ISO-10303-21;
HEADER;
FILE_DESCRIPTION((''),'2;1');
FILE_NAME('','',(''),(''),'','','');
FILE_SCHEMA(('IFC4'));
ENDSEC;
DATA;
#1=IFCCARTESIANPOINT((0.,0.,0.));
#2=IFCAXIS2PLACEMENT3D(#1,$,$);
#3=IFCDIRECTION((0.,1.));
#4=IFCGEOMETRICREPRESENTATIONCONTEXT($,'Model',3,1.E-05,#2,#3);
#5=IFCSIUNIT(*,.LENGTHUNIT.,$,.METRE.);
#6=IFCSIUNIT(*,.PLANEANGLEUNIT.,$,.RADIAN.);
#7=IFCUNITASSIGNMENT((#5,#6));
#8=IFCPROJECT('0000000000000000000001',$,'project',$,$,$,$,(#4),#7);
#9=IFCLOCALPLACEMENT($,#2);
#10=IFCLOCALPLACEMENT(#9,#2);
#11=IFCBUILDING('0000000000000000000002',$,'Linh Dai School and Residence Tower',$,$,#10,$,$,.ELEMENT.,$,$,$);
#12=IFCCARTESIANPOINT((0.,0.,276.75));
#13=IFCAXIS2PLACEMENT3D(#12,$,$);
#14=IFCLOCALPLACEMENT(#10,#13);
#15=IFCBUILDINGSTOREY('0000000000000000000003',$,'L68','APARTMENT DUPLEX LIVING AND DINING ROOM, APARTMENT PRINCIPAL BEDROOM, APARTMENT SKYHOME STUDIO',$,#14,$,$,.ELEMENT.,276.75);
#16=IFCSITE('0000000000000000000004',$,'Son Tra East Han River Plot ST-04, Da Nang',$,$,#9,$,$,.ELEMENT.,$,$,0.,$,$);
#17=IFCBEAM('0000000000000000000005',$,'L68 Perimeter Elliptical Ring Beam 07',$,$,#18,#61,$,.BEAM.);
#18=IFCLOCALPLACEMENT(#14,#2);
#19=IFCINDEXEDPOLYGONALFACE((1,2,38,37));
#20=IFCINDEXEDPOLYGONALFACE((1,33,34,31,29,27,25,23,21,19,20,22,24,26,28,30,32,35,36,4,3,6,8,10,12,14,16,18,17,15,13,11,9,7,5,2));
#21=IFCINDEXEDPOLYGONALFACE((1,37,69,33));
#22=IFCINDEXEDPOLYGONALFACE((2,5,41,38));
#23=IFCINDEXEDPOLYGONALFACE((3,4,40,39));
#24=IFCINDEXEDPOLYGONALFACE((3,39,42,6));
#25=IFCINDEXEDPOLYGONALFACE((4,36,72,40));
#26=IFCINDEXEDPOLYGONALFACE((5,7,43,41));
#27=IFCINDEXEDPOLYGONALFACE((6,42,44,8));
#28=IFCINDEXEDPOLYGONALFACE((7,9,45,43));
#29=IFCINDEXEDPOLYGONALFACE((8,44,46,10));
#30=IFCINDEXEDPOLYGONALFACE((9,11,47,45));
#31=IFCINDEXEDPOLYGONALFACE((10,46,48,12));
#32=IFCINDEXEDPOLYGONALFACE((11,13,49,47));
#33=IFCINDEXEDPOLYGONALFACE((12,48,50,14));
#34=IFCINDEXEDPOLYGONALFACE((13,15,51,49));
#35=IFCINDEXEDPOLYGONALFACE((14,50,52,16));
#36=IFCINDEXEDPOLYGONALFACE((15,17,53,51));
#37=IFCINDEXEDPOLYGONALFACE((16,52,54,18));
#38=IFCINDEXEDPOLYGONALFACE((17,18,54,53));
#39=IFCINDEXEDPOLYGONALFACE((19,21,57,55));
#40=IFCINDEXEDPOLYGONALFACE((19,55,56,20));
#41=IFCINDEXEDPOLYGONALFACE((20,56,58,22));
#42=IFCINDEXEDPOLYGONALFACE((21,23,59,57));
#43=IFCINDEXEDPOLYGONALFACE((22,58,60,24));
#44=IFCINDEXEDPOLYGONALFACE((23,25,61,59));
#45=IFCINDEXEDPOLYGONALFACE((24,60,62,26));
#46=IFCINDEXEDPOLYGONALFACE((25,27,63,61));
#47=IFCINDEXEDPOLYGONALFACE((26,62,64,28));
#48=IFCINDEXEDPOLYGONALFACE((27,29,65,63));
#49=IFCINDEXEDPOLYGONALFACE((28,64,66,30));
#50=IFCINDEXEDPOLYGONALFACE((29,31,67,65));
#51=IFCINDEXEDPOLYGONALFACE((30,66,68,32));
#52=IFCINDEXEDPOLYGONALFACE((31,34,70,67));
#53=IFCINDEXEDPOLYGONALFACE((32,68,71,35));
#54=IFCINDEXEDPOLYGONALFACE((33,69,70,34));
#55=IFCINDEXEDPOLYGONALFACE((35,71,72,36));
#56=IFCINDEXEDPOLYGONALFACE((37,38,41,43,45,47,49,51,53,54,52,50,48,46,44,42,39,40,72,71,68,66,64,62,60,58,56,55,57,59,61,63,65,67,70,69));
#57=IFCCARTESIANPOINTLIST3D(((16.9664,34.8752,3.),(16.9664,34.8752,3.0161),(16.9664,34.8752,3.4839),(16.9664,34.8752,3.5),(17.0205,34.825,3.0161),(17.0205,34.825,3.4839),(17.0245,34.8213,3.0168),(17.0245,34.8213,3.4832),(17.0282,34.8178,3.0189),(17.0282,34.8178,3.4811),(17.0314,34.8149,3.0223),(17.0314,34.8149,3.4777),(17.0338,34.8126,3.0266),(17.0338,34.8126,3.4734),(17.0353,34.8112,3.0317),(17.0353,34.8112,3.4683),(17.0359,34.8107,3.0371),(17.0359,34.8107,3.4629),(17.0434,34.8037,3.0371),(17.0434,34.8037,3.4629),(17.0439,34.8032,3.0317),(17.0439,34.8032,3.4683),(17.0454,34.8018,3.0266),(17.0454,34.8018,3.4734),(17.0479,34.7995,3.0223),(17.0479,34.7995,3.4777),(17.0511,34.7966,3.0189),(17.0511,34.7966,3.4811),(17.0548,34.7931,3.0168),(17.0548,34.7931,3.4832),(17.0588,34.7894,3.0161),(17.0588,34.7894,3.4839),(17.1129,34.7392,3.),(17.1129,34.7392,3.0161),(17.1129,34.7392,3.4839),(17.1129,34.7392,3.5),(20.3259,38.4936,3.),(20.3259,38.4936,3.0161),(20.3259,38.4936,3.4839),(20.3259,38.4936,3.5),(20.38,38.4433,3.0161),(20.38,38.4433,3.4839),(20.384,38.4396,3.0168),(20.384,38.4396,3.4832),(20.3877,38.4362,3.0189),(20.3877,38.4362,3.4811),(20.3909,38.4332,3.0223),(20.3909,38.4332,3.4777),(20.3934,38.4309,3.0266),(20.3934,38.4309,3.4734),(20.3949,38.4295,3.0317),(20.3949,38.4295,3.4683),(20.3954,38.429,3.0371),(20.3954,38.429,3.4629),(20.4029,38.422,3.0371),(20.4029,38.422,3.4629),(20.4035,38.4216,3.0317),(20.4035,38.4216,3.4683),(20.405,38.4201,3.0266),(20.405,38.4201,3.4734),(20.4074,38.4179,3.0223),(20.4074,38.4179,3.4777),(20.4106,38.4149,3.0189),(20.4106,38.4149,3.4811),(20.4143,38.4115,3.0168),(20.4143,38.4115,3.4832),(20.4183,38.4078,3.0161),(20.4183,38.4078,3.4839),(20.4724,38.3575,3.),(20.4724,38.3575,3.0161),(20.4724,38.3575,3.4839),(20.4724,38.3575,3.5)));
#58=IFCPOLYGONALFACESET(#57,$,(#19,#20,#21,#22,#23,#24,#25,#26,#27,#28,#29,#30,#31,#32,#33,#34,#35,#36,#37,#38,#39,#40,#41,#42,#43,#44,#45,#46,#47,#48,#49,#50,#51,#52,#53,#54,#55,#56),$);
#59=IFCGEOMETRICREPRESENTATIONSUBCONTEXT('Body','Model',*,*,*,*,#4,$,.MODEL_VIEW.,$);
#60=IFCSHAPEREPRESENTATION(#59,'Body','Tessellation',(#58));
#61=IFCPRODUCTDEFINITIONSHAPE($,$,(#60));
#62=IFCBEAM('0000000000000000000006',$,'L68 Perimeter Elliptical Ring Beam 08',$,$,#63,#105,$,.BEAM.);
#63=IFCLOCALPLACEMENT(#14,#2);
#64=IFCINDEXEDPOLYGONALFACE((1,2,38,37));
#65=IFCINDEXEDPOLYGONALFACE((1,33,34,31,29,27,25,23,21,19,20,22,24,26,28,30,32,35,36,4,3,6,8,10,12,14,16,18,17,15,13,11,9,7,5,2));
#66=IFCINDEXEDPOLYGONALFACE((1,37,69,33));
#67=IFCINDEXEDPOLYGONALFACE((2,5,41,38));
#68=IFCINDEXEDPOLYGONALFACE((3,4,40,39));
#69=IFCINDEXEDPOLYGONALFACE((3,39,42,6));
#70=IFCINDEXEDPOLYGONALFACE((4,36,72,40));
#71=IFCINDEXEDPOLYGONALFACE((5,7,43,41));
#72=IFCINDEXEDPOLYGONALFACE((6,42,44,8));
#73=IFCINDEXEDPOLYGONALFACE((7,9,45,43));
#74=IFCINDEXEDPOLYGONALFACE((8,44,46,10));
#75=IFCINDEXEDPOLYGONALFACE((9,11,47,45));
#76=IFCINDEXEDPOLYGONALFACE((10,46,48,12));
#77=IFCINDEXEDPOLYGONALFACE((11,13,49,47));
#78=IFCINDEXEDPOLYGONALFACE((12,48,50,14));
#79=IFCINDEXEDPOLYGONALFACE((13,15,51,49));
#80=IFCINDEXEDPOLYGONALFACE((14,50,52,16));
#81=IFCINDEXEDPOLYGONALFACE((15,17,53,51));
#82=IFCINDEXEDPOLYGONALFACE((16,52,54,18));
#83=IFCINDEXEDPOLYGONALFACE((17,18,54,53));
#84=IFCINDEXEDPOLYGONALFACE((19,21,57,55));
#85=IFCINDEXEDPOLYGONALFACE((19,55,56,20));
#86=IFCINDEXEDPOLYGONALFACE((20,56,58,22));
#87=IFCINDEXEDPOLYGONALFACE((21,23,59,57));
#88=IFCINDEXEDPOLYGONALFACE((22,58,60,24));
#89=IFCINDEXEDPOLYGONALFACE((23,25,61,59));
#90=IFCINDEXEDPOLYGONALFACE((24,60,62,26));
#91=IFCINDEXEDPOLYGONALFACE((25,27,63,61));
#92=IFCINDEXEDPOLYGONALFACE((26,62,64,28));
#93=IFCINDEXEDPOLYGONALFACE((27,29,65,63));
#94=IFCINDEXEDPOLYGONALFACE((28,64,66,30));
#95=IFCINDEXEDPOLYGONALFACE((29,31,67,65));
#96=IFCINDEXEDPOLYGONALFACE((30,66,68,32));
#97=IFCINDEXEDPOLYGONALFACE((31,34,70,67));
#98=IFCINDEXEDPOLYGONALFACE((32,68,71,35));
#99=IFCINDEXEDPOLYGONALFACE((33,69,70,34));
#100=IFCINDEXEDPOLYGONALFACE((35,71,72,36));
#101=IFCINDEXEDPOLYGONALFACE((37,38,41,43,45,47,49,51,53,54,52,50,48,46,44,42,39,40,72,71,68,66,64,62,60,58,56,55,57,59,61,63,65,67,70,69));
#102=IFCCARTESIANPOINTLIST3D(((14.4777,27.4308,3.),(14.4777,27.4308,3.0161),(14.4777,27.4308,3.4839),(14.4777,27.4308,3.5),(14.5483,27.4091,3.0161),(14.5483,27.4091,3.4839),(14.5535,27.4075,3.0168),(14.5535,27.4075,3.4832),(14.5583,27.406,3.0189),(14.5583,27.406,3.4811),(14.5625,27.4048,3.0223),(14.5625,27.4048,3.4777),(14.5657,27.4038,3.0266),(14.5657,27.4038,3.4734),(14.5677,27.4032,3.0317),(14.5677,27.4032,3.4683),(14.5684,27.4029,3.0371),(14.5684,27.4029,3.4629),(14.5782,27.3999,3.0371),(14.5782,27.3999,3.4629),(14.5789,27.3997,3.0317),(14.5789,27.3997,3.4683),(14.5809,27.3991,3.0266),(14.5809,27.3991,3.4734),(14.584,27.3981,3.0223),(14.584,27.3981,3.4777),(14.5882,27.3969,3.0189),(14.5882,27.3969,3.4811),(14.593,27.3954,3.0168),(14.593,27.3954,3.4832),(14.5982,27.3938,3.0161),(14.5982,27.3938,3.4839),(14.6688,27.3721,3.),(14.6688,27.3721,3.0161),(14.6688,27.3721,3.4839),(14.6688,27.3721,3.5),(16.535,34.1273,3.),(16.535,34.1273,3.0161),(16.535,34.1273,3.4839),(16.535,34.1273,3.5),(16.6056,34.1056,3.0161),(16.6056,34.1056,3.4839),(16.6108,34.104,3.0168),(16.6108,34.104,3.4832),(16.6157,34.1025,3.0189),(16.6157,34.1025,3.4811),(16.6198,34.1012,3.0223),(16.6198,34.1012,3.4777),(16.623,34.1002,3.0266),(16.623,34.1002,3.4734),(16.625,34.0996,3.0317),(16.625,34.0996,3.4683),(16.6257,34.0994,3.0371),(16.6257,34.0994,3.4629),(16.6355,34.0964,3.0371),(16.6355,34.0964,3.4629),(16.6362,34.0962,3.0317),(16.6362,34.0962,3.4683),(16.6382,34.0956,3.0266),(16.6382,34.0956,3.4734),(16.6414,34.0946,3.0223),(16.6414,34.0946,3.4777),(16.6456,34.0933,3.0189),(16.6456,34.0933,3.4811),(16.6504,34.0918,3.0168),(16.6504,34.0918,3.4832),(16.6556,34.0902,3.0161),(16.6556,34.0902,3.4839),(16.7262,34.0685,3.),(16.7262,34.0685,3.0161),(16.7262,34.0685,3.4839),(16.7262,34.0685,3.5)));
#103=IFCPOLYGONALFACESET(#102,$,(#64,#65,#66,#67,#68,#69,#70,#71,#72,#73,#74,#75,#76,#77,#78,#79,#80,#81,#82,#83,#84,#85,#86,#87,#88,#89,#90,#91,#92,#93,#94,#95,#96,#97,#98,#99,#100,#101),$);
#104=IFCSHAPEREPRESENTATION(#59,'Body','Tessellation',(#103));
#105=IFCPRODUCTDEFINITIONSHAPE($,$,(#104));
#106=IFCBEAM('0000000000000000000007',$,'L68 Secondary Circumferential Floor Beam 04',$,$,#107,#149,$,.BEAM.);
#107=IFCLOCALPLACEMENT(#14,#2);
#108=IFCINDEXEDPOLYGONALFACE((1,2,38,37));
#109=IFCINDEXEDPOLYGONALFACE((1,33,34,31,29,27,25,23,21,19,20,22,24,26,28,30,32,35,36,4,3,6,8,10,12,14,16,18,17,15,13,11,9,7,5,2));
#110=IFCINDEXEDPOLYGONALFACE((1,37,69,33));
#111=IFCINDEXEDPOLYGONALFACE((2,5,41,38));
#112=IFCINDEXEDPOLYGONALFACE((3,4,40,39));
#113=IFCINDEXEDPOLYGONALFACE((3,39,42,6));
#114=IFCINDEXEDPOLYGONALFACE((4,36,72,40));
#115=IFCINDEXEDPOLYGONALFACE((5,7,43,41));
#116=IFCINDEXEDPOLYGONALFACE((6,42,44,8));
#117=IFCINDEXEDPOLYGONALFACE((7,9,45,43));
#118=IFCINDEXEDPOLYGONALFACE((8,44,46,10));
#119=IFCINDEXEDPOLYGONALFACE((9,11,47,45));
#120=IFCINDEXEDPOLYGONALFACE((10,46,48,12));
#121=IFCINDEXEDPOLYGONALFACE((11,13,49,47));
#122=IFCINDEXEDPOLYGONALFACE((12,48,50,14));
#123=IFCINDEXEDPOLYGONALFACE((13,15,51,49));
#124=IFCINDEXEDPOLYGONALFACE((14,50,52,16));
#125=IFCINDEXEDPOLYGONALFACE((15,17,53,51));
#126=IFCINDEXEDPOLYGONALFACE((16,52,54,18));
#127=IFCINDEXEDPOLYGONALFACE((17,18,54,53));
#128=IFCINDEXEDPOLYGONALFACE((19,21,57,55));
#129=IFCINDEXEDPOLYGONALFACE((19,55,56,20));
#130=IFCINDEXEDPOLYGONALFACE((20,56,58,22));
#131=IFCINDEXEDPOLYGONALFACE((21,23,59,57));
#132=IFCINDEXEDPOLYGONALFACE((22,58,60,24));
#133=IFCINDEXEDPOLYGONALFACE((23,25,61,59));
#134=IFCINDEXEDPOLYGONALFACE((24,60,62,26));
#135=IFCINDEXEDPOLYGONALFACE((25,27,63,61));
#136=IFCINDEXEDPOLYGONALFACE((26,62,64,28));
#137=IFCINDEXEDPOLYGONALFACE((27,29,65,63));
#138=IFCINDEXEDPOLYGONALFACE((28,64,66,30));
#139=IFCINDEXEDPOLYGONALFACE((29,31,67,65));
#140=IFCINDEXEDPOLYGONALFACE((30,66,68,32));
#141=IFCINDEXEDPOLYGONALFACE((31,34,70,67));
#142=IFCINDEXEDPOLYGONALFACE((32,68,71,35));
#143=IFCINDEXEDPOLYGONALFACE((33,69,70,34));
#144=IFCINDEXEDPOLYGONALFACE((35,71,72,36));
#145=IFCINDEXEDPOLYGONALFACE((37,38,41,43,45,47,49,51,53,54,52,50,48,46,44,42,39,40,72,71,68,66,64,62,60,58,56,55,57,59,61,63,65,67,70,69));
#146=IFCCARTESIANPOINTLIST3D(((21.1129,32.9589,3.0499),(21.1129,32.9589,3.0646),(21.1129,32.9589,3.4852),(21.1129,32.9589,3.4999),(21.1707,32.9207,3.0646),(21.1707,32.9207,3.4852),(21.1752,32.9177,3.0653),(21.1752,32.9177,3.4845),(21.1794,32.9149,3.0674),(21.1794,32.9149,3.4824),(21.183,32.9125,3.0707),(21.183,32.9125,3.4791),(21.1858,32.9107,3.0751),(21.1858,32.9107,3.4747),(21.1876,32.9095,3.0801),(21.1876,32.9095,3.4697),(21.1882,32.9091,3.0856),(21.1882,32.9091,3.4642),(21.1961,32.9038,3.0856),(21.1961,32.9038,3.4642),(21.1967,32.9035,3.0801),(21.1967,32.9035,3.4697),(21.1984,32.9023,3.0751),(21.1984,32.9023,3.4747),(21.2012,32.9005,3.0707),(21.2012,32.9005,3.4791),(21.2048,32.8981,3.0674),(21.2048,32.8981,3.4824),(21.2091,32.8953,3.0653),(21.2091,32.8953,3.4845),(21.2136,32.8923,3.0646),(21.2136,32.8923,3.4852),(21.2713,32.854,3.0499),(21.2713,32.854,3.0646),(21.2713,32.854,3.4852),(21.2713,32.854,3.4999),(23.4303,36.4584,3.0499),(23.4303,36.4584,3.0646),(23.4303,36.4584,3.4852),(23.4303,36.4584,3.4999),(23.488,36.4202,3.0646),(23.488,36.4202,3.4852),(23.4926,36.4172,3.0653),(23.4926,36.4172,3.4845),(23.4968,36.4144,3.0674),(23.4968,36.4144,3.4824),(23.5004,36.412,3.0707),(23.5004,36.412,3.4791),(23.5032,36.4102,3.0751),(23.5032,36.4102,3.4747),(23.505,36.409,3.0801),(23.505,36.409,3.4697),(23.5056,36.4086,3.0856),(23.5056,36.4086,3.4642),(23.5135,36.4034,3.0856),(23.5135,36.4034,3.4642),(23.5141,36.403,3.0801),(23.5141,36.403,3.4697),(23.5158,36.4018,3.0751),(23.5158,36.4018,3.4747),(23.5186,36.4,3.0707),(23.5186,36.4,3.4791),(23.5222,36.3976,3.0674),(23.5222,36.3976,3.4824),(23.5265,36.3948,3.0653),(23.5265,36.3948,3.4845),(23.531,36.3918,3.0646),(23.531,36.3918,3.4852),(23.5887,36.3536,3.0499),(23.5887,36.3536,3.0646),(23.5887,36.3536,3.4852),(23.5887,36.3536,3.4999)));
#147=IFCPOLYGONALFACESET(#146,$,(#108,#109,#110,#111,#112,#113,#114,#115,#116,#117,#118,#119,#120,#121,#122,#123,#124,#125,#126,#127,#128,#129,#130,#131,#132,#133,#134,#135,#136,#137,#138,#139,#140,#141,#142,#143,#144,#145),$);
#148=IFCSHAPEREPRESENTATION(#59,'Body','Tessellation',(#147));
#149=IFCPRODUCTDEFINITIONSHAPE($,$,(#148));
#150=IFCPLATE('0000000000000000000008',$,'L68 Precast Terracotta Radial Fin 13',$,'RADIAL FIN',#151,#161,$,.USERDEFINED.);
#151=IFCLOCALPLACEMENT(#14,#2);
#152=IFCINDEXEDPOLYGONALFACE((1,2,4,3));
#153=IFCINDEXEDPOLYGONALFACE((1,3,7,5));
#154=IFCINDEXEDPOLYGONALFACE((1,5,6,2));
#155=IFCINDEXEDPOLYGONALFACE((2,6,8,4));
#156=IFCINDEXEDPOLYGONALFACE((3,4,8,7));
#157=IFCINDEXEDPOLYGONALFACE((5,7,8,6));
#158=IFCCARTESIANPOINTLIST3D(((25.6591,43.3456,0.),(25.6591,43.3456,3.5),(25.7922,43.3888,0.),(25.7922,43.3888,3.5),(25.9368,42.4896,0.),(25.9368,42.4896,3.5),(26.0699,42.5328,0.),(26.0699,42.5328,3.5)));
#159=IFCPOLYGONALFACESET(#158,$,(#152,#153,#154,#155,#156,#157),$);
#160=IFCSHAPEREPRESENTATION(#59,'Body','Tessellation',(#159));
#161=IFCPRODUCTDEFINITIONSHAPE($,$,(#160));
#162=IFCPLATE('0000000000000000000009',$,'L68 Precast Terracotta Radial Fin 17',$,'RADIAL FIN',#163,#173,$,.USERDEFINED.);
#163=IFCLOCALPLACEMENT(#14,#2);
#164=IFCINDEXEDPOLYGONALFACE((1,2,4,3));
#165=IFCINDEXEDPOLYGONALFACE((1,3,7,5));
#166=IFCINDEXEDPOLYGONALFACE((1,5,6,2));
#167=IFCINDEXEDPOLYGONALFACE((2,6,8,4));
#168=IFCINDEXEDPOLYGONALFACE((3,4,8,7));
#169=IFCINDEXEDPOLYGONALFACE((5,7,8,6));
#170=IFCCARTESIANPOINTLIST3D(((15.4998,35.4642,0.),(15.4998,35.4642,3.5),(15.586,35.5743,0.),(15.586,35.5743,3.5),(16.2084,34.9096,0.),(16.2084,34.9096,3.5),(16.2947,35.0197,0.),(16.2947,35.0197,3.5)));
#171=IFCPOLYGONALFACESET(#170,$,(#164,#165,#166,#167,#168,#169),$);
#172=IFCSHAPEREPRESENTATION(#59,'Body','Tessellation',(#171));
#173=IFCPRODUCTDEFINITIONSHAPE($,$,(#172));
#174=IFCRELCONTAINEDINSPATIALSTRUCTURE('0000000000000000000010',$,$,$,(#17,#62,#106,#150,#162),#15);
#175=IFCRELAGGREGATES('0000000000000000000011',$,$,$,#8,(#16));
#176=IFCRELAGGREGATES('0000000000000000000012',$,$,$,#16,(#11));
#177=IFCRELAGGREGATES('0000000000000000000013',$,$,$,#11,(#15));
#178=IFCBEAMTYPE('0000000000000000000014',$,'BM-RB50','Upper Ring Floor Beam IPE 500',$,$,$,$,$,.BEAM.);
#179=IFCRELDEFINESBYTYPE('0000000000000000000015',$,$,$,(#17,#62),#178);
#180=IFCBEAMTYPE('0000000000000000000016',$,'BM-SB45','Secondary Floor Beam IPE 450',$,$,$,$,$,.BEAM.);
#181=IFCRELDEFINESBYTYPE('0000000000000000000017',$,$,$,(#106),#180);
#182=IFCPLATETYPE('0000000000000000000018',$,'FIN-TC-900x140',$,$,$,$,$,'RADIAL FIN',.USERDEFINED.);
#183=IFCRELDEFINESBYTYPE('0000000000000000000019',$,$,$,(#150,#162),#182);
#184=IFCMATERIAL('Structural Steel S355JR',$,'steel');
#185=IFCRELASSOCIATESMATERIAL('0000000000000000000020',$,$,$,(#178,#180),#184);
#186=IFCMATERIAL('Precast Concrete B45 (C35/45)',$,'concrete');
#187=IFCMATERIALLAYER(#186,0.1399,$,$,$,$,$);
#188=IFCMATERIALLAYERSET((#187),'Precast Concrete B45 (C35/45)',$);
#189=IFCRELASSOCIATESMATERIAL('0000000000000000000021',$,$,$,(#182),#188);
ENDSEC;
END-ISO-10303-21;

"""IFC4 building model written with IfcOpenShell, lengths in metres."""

from ifc_helpers import new_model, si_unit, direction, frame, origin, origin_2d, place, context, subcontext, project, spatial, rectangle, i_section, extrude, source, transform, mapped, material, layer, layer_set, material_profile, profile_set, type_object, element, save


model = new_model("IFC4")

# Units and contexts
model_context = context("Model", 3, precision=1e-05, world=origin(), true_north=direction((0.0, 1.0)))
body_context = subcontext(model_context, "Body", "Model", "MODEL_VIEW")
ifc_project = project(units=[si_unit("LENGTHUNIT", "METRE"), si_unit("PLANEANGLEUNIT", "RADIAN")], contexts=[model_context])

# Site, building, storey
site_placement = place(None, origin())
site = spatial("IfcSite", under=ifc_project, at=site_placement, Name="Son Tra East Han River Plot ST-04, Da Nang", CompositionType="ELEMENT", RefElevation=0.0)
building_placement = place(site_placement, origin())
building = spatial("IfcBuilding", under=site, at=building_placement, Name="Linh Dai School and Residence Tower", CompositionType="ELEMENT")
storey_placement = place(building_placement, frame((0.0, 0.0, 276.75)))
storey = spatial("IfcBuildingStorey", under=building, at=storey_placement, Name="L68", Description="APARTMENT DUPLEX LIVING AND DINING ROOM, APARTMENT PRINCIPAL BEDROOM, APARTMENT SKYHOME STUDIO", CompositionType="ELEMENT", Elevation=276.75)

# Shared definitions
ifc_material_1 = material(Name="Structural Steel S355JR", Category="steel")

# Beams
ifc_material_profile_1 = material_profile(ifc_material_1, i_section(OverallWidth=0.2, OverallDepth=0.5, WebThickness=0.0103, FlangeThickness=0.0161, FilletRadius=0.021, at=origin_2d()), Name="IPE 500")
ifc_profile_set_1 = profile_set([ifc_material_profile_1], Name="Structural Steel S355JR")
beam_type_1 = type_object("IfcBeamType", Name="BM-RB50", Description="Upper Ring Floor Beam IPE 500", PredefinedType="BEAM", material=ifc_profile_set_1)
beam_1_placement = place(storey_placement, frame((20.3992, 38.4255, 3.25), z_axis=(-0.680415, -0.732827, 0.0), x_axis=(0.732827, -0.680415, 0.0)))
element("IfcBeam", 1, at=beam_1_placement, inside=storey, type_object=beam_type_1, Name="L68 Perimeter Elliptical Ring Beam 07", PredefinedType="BEAM", context=body_context, shape_type="SweptSolid", body=[
    extrude(i_section(OverallWidth=0.2, OverallDepth=0.5, WebThickness=0.0103, FlangeThickness=0.0161, FilletRadius=0.021, at=origin_2d()), origin(), (0.0, 0.0, 1.0), 4.9375),
])
beam_2_placement = place(storey_placement, frame((16.6306, 34.0979, 3.25), z_axis=(-0.293682, -0.955903, 0.0), x_axis=(0.955903, -0.293682, 0.0)))
element("IfcBeam", 2, at=beam_2_placement, inside=storey, type_object=beam_type_1, Name="L68 Perimeter Elliptical Ring Beam 08", PredefinedType="BEAM", context=body_context, shape_type="SweptSolid", body=[
    extrude(i_section(OverallWidth=0.2, OverallDepth=0.5, WebThickness=0.0103, FlangeThickness=0.0161, FilletRadius=0.021, at=origin_2d()), origin(), (0.0, 0.0, 1.0), 7.0054),
])
ifc_material_profile_2 = material_profile(ifc_material_1, i_section(OverallWidth=0.1899, OverallDepth=0.45, WebThickness=0.0095, FlangeThickness=0.0146, FilletRadius=0.021, at=origin_2d()), Name="IPE 450")
ifc_profile_set_2 = profile_set([ifc_material_profile_2], Name="Structural Steel S355JR")
beam_type_2 = type_object("IfcBeamType", Name="BM-SB45", Description="Secondary Floor Beam IPE 450", PredefinedType="BEAM", material=ifc_profile_set_2)
beam_3_placement = place(storey_placement, frame((23.5095, 36.406, 3.2749), z_axis=(-0.55212, -0.833764, 0.0), x_axis=(0.833764, -0.55212, 0.0)))
element("IfcBeam", 3, at=beam_3_placement, inside=storey, type_object=beam_type_2, Name="L68 Secondary Circumferential Floor Beam 04", PredefinedType="BEAM", context=body_context, shape_type="SweptSolid", body=[
    extrude(i_section(OverallWidth=0.1899, OverallDepth=0.45, WebThickness=0.0095, FlangeThickness=0.0146, FilletRadius=0.021, at=origin_2d()), origin(), (0.0, 0.0, 1.0), 4.1973),
])

# Plates
ifc_material_2 = material(Name="Precast Concrete B45 (C35/45)", Category="concrete")
ifc_layer_1 = layer(ifc_material_2, 0.1399)
ifc_layer_set_1 = layer_set([ifc_layer_1], Name="Precast Concrete B45 (C35/45)")
plate_type = type_object("IfcPlateType", Name="FIN-TC-900x140", ElementType="RADIAL FIN", PredefinedType="USERDEFINED", material=ifc_layer_set_1)
shared_shape_1 = source(origin(), body_context, "Body", "SweptSolid", [
    extrude(rectangle(XDim=0.8999, YDim=0.1399, at=origin_2d()), origin(), (0.0, 0.0, 1.0), 3.5),
])
for number, where, z_axis, x_axis, name in (
    (4, (25.8645, 42.9392, 0.0), (0.0, 0.0, 1.0), (-0.308519, 0.951218, 0.0), "L68 Precast Terracotta Radial Fin 13"),
    (5, (15.8972, 35.2419, 0.0), (0.0, 0.0, 1.0), (-0.787503, 0.616311, 0.0), "L68 Precast Terracotta Radial Fin 17"),
):
    element("IfcPlate", number, at=place(storey_placement, frame(where, z_axis=z_axis, x_axis=x_axis)), inside=storey, type_object=plate_type, Name=name, ObjectType="RADIAL FIN", PredefinedType="USERDEFINED", context=body_context, shape_type="MappedRepresentation", body=[
        mapped(shared_shape_1, transform((0.0, 0.0, 0.0), x_axis=(1.0, 0.0, 0.0), y_axis=(0.0, 1.0, 0.0), z_axis=(0.0, 0.0, 1.0), scale=1.0)),
    ])

save(model, "model.ifc")
